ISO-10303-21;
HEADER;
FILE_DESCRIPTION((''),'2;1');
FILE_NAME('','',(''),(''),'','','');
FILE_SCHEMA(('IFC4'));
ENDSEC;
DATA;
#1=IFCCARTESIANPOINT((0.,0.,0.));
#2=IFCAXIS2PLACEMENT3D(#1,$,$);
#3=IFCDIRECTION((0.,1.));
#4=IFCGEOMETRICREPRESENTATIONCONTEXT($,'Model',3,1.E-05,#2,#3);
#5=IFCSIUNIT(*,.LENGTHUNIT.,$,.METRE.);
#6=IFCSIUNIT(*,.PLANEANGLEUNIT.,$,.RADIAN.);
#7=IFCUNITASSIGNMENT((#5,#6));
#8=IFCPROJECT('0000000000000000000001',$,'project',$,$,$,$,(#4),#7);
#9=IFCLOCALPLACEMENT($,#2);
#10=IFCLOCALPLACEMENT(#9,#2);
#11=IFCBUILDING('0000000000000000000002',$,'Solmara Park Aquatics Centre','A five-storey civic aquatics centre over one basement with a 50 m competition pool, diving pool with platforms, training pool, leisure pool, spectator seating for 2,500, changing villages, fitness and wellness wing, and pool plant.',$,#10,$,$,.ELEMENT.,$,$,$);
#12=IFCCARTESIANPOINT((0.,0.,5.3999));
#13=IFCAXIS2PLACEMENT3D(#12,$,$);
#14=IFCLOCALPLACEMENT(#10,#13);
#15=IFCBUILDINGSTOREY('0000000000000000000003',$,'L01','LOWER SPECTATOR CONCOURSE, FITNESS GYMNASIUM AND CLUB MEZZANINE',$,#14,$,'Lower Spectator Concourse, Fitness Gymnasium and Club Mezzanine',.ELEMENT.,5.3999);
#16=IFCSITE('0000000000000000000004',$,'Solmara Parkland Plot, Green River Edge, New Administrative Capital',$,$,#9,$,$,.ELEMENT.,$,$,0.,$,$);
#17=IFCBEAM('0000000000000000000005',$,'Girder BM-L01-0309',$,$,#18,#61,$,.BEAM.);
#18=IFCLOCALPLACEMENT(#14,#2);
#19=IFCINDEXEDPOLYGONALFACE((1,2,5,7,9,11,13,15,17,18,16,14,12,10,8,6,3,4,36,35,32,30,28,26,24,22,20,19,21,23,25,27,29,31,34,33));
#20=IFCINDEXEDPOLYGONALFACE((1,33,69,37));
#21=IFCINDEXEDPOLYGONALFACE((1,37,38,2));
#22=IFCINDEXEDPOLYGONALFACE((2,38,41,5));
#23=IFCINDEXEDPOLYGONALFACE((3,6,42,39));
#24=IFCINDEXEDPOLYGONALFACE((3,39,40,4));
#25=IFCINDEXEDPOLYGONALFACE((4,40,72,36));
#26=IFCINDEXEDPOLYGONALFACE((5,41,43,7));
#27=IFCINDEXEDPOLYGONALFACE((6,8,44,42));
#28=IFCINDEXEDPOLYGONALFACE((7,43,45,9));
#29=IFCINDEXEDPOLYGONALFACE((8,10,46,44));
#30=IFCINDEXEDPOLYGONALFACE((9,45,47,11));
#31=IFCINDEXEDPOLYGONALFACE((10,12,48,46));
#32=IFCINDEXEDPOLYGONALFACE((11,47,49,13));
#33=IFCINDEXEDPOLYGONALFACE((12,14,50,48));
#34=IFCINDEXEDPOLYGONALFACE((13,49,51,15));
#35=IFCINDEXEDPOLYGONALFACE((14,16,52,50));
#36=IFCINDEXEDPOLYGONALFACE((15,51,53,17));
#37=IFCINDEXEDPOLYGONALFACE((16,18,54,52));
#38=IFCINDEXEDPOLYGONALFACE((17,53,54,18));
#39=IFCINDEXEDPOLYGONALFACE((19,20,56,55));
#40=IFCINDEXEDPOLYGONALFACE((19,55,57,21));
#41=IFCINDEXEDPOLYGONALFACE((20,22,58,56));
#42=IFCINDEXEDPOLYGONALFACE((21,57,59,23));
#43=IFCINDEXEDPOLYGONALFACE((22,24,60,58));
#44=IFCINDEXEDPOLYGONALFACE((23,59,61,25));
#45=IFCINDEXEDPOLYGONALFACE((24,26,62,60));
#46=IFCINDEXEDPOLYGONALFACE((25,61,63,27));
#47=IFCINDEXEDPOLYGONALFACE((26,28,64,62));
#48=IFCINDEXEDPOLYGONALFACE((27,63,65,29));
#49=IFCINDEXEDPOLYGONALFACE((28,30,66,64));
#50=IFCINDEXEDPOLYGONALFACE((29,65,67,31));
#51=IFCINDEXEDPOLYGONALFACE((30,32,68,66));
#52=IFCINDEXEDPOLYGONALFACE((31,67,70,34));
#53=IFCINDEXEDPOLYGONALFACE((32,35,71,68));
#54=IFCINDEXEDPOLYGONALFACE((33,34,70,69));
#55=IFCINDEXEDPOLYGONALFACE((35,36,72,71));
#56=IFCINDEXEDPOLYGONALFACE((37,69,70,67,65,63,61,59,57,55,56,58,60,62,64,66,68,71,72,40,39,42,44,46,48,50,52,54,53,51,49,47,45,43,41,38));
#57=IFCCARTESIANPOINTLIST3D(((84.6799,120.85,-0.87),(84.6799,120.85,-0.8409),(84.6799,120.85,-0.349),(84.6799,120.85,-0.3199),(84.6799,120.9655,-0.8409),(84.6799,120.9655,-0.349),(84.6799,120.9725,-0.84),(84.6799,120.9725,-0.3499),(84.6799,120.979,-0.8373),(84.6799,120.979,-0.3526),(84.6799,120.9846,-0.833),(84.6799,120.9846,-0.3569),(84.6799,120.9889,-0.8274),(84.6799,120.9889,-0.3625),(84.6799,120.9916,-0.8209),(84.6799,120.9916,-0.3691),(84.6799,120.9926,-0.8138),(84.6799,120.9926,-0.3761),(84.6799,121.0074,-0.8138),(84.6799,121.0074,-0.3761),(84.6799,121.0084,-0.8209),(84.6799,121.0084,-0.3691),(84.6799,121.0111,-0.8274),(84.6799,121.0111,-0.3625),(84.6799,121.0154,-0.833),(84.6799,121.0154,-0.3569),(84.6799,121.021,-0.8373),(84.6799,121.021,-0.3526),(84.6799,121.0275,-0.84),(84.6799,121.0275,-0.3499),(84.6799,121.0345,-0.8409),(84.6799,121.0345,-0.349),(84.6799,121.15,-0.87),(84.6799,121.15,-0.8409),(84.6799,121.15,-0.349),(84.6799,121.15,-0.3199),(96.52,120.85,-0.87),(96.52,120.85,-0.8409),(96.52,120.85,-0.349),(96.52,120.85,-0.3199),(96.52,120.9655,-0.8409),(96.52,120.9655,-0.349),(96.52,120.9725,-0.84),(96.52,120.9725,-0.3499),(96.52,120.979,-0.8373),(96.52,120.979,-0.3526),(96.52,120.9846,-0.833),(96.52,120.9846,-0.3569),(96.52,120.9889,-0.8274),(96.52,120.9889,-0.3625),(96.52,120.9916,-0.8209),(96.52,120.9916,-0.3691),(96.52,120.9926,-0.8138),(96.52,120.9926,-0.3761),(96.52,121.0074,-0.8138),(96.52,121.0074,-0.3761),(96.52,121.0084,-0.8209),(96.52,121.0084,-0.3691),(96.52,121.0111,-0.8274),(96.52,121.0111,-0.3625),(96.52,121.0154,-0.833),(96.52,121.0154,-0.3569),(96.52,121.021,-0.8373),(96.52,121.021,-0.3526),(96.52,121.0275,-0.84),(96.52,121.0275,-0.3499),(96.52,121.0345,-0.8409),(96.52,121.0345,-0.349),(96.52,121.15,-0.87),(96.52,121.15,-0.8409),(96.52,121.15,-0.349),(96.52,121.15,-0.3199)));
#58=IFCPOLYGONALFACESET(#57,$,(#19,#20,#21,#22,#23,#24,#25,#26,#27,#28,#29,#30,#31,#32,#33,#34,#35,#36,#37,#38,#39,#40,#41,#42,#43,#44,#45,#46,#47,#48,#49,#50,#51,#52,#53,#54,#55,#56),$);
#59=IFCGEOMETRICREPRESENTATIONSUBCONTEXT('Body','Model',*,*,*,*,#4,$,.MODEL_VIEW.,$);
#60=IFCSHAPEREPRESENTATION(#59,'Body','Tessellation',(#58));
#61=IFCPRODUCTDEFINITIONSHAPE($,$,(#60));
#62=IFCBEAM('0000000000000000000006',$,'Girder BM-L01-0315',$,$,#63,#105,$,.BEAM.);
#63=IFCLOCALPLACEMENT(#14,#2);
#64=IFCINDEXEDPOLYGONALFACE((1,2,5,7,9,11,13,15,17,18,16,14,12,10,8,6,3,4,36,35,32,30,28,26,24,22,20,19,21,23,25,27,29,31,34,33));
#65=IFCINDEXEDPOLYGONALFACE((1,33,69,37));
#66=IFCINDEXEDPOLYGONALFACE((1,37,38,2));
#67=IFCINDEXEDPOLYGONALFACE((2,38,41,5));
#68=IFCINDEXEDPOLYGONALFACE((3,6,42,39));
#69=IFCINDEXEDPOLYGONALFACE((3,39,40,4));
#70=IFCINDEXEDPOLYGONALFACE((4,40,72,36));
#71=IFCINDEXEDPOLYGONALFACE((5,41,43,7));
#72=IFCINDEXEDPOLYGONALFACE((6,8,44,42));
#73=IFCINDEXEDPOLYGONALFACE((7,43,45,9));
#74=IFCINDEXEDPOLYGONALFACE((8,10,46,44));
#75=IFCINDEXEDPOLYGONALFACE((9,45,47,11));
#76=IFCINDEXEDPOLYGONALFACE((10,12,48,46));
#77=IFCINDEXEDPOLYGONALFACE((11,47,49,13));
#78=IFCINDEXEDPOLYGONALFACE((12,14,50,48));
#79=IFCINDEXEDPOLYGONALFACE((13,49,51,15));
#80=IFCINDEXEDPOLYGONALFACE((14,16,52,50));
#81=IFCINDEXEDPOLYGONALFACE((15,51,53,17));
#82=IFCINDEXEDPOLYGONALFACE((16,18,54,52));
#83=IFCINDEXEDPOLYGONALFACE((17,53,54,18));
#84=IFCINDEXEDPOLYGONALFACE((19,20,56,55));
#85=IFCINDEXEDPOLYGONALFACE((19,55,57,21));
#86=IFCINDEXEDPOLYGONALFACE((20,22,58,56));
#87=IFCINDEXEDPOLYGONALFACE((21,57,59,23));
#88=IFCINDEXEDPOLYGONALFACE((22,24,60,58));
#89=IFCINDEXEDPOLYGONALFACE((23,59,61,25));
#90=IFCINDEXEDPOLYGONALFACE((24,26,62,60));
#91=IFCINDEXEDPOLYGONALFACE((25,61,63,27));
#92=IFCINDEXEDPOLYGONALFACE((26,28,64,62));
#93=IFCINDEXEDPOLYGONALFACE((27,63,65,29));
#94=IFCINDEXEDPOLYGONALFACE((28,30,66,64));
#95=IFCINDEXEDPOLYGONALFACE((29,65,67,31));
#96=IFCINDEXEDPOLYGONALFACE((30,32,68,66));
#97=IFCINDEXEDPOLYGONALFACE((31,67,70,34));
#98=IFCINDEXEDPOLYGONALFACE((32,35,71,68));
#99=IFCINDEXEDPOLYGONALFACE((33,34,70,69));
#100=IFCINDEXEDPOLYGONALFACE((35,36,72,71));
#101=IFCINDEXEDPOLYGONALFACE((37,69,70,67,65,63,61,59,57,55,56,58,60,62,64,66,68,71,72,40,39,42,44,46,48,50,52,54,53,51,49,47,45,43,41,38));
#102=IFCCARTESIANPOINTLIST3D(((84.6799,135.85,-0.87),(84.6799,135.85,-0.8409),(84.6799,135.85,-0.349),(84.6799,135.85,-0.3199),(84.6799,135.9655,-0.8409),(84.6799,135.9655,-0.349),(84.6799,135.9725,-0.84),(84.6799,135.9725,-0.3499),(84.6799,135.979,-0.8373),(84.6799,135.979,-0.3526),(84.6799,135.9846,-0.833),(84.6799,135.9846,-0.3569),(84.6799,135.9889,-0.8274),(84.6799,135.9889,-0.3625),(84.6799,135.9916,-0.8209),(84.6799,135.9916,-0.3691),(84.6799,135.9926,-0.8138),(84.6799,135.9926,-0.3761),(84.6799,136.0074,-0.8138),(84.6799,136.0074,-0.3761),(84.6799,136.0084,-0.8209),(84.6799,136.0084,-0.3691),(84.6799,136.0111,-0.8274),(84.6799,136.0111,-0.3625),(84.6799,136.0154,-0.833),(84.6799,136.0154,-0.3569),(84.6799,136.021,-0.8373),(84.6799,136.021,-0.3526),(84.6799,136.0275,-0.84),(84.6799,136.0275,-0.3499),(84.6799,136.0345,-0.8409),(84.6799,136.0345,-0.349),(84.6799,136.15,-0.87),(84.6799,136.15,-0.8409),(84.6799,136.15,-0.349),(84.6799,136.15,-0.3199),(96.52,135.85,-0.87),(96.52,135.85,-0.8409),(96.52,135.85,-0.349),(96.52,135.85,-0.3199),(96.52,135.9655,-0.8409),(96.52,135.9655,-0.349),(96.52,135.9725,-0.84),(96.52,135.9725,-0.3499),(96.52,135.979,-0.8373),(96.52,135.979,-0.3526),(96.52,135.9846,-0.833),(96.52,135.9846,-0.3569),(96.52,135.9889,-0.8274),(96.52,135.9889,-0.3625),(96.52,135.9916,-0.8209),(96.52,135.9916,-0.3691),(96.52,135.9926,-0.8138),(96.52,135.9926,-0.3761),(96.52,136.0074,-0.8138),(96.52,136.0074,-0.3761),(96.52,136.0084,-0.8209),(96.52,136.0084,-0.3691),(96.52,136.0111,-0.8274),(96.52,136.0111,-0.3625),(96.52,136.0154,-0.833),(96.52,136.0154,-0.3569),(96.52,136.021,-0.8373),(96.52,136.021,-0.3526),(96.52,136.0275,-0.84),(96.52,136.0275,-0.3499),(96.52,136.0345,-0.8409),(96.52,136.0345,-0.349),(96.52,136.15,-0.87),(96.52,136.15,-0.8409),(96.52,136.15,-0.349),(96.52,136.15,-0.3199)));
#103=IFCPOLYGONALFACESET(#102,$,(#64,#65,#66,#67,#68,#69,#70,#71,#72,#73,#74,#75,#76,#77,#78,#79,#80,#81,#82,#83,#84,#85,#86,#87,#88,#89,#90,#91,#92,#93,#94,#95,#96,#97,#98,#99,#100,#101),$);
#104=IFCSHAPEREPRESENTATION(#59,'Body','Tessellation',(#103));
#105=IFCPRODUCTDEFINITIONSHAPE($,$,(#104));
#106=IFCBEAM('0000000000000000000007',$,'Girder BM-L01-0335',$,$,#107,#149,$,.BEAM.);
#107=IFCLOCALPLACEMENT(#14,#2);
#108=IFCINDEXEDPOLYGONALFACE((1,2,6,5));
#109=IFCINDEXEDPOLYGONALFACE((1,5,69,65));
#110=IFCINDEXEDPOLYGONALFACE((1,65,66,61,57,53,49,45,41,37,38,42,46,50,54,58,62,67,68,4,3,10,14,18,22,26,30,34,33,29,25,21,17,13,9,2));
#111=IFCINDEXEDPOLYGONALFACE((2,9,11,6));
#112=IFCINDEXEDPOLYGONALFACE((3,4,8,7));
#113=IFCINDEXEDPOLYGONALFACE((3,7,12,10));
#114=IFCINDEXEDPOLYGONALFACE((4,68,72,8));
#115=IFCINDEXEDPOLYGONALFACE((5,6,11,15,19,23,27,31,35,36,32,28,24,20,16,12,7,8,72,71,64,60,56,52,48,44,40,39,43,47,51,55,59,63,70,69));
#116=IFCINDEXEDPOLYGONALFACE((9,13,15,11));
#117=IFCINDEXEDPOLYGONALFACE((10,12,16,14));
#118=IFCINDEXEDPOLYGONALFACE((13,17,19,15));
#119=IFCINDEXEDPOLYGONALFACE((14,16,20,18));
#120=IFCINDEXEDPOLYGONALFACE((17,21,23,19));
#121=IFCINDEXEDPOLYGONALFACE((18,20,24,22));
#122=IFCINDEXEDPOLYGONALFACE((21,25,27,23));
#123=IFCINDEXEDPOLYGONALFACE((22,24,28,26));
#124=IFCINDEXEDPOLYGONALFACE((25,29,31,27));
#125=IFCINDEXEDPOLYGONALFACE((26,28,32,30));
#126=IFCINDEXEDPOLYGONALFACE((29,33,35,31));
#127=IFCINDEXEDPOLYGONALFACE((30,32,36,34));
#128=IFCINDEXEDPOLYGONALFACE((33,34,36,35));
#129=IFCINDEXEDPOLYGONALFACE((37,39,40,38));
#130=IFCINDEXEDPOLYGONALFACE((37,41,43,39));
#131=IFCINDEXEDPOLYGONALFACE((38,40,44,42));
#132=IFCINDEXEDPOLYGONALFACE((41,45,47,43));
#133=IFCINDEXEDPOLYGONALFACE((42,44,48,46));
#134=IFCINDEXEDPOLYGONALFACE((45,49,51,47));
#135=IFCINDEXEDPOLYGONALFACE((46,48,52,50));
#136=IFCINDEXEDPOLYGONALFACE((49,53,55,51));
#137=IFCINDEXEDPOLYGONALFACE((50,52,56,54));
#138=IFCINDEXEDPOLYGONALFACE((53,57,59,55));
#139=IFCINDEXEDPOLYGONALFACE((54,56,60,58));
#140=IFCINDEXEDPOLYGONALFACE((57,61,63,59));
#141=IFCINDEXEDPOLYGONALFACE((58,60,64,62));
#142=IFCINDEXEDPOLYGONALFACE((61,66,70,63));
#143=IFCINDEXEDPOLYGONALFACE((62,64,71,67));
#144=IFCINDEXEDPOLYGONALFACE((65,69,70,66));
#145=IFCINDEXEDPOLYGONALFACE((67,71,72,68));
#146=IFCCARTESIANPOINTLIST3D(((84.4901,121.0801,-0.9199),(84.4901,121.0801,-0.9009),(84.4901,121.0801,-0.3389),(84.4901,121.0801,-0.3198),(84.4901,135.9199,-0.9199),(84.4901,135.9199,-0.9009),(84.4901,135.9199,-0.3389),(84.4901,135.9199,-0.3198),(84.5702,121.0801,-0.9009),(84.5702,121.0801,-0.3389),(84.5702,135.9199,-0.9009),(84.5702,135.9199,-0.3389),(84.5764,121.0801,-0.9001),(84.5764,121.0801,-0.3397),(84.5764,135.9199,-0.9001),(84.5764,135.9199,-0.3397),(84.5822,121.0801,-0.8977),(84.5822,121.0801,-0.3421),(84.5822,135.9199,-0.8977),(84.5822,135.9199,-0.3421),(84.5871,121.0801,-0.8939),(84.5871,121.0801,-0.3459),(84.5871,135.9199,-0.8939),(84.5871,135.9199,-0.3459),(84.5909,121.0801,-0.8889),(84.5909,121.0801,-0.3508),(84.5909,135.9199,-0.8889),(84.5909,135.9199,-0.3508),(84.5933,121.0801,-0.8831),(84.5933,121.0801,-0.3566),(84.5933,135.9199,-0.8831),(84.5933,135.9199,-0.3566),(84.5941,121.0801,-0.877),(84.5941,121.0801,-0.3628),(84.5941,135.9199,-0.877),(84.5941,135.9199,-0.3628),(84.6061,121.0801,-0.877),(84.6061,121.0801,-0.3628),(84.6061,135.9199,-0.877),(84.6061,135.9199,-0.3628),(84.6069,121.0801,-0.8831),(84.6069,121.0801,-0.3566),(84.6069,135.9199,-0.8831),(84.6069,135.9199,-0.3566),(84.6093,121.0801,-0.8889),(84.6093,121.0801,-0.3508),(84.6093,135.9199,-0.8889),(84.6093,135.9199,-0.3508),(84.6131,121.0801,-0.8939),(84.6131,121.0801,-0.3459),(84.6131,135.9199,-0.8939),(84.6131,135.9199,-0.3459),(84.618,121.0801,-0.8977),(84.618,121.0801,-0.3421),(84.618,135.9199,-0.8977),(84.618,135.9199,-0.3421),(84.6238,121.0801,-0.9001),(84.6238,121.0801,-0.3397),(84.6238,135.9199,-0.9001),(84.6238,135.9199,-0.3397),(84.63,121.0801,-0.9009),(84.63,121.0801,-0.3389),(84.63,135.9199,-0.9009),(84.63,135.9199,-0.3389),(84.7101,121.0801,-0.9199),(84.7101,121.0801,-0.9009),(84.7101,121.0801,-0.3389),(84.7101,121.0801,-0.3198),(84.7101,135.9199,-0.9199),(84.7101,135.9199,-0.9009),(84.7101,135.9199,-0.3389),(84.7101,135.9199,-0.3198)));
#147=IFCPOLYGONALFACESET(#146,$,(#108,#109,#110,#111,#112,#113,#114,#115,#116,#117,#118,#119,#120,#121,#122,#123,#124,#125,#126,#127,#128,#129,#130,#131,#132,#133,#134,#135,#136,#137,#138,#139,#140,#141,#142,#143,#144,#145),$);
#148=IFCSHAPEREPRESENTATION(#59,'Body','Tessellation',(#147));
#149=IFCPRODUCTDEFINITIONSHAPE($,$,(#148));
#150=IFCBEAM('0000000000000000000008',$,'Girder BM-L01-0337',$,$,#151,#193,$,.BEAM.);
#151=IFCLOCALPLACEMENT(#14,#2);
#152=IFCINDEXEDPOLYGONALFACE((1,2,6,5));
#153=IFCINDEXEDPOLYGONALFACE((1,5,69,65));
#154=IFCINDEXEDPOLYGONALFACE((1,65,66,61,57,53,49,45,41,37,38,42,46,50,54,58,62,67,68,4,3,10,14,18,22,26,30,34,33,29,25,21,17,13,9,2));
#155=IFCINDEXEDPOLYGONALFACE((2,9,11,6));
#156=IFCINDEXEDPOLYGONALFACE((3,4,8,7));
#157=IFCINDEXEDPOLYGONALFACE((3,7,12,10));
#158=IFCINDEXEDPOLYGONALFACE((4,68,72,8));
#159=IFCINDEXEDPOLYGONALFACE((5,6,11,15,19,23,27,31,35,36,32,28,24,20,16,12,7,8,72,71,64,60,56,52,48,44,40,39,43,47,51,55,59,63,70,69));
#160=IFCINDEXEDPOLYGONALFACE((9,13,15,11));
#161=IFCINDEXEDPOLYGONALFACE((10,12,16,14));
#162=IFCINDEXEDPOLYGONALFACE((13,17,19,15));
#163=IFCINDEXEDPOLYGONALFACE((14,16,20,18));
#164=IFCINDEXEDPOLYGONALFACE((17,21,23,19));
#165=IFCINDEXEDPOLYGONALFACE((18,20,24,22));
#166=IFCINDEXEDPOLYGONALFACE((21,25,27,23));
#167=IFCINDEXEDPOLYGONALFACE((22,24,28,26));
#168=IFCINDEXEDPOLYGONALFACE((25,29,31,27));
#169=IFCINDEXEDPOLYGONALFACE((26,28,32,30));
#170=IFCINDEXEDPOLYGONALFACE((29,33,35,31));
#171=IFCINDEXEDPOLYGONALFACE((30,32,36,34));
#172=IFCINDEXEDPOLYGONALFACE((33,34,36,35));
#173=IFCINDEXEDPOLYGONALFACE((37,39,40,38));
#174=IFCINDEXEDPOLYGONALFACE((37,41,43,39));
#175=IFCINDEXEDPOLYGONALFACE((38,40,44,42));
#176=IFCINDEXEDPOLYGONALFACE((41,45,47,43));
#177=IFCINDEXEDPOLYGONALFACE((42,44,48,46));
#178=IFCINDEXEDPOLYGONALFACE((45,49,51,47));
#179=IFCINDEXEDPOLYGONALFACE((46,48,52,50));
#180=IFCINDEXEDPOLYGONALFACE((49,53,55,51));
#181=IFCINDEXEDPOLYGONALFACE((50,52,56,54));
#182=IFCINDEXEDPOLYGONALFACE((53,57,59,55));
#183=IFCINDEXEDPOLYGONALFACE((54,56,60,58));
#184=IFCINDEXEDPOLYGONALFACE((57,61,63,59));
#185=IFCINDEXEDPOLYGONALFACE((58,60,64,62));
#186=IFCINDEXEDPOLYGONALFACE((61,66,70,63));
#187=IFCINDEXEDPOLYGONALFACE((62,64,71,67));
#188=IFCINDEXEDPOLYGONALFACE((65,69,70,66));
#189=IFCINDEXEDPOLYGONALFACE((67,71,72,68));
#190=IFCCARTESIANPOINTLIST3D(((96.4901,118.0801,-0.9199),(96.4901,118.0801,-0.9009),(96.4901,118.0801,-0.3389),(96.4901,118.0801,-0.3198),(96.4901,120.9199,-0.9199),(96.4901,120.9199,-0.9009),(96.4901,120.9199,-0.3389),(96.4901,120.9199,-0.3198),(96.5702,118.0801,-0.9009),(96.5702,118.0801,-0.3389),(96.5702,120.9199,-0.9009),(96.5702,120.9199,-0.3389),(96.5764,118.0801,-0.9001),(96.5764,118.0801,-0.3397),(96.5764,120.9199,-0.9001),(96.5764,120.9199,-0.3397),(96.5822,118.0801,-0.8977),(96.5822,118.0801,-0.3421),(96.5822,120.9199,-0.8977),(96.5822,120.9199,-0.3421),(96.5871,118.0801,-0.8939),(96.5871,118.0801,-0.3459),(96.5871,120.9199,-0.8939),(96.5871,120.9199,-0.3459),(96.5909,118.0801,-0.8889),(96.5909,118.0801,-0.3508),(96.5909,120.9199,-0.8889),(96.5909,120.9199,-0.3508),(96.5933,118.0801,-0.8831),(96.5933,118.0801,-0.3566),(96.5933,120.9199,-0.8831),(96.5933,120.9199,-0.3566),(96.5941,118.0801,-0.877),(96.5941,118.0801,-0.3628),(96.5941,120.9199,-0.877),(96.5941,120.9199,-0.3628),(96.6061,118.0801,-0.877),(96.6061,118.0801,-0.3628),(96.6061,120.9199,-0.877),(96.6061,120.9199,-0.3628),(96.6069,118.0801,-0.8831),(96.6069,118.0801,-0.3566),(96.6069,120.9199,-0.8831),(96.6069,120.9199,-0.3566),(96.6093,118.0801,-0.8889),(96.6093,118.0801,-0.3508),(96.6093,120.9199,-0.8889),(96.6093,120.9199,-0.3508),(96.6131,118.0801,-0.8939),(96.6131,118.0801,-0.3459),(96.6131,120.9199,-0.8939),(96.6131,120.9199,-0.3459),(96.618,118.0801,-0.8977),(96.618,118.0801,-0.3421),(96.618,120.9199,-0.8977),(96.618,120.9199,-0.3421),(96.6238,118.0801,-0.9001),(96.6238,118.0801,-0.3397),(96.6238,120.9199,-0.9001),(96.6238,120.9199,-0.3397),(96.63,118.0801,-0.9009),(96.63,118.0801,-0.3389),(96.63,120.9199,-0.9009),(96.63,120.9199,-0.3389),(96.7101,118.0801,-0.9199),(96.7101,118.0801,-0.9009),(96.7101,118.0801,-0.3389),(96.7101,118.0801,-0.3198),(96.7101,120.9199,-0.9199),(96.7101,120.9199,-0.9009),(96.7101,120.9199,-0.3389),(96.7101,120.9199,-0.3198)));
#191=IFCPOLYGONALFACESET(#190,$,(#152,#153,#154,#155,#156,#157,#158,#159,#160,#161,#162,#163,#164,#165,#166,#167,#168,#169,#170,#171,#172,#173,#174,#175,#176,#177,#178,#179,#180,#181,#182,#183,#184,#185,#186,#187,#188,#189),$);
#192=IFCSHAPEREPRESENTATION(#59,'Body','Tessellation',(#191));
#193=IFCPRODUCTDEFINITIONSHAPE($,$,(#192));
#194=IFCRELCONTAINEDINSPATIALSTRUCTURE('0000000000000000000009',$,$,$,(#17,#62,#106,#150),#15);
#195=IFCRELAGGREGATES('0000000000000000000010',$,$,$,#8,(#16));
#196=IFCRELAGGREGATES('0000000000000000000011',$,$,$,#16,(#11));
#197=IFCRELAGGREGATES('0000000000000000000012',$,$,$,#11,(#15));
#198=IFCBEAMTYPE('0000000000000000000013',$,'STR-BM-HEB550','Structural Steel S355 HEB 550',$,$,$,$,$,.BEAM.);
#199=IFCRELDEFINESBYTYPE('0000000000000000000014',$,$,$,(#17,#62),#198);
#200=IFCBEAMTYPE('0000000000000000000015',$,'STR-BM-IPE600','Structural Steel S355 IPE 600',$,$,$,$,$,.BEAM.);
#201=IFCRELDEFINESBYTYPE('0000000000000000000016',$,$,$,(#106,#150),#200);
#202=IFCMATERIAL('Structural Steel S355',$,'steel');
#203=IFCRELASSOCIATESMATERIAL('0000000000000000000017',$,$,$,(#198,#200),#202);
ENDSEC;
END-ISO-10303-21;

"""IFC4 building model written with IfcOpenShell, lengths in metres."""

from ifc_helpers import new_model, si_unit, direction, frame, origin, origin_2d, place, context, subcontext, project, spatial, i_section, extrude, material, material_profile, profile_set, type_object, element, save


model = new_model("IFC4")

# Units and contexts
model_context = context("Model", 3, precision=1e-05, world=origin(), true_north=direction((0.0, 1.0)))
body_context = subcontext(model_context, "Body", "Model", "MODEL_VIEW")
ifc_project = project(units=[si_unit("LENGTHUNIT", "METRE"), si_unit("PLANEANGLEUNIT", "RADIAN")], contexts=[model_context])

# Site, building, storey
site_placement = place(None, origin())
site = spatial("IfcSite", under=ifc_project, at=site_placement, Name="Solmara Parkland Plot, Green River Edge, New Administrative Capital", CompositionType="ELEMENT", RefElevation=0.0)
building_placement = place(site_placement, origin())
building = spatial("IfcBuilding", under=site, at=building_placement, Name="Solmara Park Aquatics Centre", Description="A five-storey civic aquatics centre over one basement with a 50 m competition pool, diving pool with platforms, training pool, leisure pool, spectator seating for 2,500, changing villages, fitness and wellness wing, and pool plant.", CompositionType="ELEMENT")
storey_placement = place(building_placement, frame((0.0, 0.0, 5.3999)))
storey = spatial("IfcBuildingStorey", under=building, at=storey_placement, Name="L01", Description="LOWER SPECTATOR CONCOURSE, FITNESS GYMNASIUM AND CLUB MEZZANINE", LongName="Lower Spectator Concourse, Fitness Gymnasium and Club Mezzanine", CompositionType="ELEMENT", Elevation=5.3999)

# Shared definitions
ifc_material_1 = material(Name="Structural Steel S355", Category="steel")

# Beams
ifc_material_profile_1 = material_profile(ifc_material_1, i_section(OverallWidth=0.3, OverallDepth=0.55, WebThickness=0.0149, FlangeThickness=0.0291, FilletRadius=0.0271, at=origin_2d()), Name="HEB 550")
ifc_profile_set_1 = profile_set([ifc_material_profile_1], Name="Structural Steel S355")
beam_type_1 = type_object("IfcBeamType", Name="STR-BM-HEB550", Description="Structural Steel S355 HEB 550", PredefinedType="BEAM", material=ifc_profile_set_1)
for number, where, z_axis, x_axis, name in (
    (1, (84.6799, 121.0, -0.595), (1.0, 0.0, 0.0), (0.0, 1.0, 0.0), "Girder BM-L01-0309"),
    (2, (84.6799, 136.0, -0.595), (1.0, 0.0, 0.0), (0.0, 1.0, 0.0), "Girder BM-L01-0315"),
):
    element("IfcBeam", number, at=place(storey_placement, frame(where, z_axis=z_axis, x_axis=x_axis)), inside=storey, type_object=beam_type_1, Name=name, PredefinedType="BEAM", context=body_context, shape_type="SweptSolid", body=[
        extrude(i_section(OverallWidth=0.3, OverallDepth=0.55, WebThickness=0.0149, FlangeThickness=0.0291, FilletRadius=0.0271, at=origin_2d()), origin(), (0.0, 0.0, 1.0), 11.8401),
    ])
ifc_material_profile_2 = material_profile(ifc_material_1, i_section(OverallWidth=0.22, OverallDepth=0.6001, WebThickness=0.012, FlangeThickness=0.019, FilletRadius=0.0239, at=origin_2d()), Name="IPE 600")
ifc_profile_set_2 = profile_set([ifc_material_profile_2], Name="Structural Steel S355")
beam_type_2 = type_object("IfcBeamType", Name="STR-BM-IPE600", Description="Structural Steel S355 IPE 600", PredefinedType="BEAM", material=ifc_profile_set_2)
beam_1_placement = place(storey_placement, frame((84.6001, 121.0801, -0.6199), z_axis=(0.0, 1.0, 0.0), x_axis=(-1.0, 0.0, 0.0)))
element("IfcBeam", 3, at=beam_1_placement, inside=storey, type_object=beam_type_2, Name="Girder BM-L01-0335", PredefinedType="BEAM", context=body_context, shape_type="SweptSolid", body=[
    extrude(i_section(OverallWidth=0.22, OverallDepth=0.6001, WebThickness=0.012, FlangeThickness=0.019, FilletRadius=0.0239, at=origin_2d()), origin(), (0.0, 0.0, 1.0), 14.8398),
])
beam_2_placement = place(storey_placement, frame((96.6001, 118.0801, -0.6199), z_axis=(0.0, 1.0, 0.0), x_axis=(-1.0, 0.0, 0.0)))
element("IfcBeam", 4, at=beam_2_placement, inside=storey, type_object=beam_type_2, Name="Girder BM-L01-0337", PredefinedType="BEAM", context=body_context, shape_type="SweptSolid", body=[
    extrude(i_section(OverallWidth=0.22, OverallDepth=0.6001, WebThickness=0.012, FlangeThickness=0.019, FilletRadius=0.0239, at=origin_2d()), origin(), (0.0, 0.0, 1.0), 2.8398),
])

save(model, "model.ifc")
